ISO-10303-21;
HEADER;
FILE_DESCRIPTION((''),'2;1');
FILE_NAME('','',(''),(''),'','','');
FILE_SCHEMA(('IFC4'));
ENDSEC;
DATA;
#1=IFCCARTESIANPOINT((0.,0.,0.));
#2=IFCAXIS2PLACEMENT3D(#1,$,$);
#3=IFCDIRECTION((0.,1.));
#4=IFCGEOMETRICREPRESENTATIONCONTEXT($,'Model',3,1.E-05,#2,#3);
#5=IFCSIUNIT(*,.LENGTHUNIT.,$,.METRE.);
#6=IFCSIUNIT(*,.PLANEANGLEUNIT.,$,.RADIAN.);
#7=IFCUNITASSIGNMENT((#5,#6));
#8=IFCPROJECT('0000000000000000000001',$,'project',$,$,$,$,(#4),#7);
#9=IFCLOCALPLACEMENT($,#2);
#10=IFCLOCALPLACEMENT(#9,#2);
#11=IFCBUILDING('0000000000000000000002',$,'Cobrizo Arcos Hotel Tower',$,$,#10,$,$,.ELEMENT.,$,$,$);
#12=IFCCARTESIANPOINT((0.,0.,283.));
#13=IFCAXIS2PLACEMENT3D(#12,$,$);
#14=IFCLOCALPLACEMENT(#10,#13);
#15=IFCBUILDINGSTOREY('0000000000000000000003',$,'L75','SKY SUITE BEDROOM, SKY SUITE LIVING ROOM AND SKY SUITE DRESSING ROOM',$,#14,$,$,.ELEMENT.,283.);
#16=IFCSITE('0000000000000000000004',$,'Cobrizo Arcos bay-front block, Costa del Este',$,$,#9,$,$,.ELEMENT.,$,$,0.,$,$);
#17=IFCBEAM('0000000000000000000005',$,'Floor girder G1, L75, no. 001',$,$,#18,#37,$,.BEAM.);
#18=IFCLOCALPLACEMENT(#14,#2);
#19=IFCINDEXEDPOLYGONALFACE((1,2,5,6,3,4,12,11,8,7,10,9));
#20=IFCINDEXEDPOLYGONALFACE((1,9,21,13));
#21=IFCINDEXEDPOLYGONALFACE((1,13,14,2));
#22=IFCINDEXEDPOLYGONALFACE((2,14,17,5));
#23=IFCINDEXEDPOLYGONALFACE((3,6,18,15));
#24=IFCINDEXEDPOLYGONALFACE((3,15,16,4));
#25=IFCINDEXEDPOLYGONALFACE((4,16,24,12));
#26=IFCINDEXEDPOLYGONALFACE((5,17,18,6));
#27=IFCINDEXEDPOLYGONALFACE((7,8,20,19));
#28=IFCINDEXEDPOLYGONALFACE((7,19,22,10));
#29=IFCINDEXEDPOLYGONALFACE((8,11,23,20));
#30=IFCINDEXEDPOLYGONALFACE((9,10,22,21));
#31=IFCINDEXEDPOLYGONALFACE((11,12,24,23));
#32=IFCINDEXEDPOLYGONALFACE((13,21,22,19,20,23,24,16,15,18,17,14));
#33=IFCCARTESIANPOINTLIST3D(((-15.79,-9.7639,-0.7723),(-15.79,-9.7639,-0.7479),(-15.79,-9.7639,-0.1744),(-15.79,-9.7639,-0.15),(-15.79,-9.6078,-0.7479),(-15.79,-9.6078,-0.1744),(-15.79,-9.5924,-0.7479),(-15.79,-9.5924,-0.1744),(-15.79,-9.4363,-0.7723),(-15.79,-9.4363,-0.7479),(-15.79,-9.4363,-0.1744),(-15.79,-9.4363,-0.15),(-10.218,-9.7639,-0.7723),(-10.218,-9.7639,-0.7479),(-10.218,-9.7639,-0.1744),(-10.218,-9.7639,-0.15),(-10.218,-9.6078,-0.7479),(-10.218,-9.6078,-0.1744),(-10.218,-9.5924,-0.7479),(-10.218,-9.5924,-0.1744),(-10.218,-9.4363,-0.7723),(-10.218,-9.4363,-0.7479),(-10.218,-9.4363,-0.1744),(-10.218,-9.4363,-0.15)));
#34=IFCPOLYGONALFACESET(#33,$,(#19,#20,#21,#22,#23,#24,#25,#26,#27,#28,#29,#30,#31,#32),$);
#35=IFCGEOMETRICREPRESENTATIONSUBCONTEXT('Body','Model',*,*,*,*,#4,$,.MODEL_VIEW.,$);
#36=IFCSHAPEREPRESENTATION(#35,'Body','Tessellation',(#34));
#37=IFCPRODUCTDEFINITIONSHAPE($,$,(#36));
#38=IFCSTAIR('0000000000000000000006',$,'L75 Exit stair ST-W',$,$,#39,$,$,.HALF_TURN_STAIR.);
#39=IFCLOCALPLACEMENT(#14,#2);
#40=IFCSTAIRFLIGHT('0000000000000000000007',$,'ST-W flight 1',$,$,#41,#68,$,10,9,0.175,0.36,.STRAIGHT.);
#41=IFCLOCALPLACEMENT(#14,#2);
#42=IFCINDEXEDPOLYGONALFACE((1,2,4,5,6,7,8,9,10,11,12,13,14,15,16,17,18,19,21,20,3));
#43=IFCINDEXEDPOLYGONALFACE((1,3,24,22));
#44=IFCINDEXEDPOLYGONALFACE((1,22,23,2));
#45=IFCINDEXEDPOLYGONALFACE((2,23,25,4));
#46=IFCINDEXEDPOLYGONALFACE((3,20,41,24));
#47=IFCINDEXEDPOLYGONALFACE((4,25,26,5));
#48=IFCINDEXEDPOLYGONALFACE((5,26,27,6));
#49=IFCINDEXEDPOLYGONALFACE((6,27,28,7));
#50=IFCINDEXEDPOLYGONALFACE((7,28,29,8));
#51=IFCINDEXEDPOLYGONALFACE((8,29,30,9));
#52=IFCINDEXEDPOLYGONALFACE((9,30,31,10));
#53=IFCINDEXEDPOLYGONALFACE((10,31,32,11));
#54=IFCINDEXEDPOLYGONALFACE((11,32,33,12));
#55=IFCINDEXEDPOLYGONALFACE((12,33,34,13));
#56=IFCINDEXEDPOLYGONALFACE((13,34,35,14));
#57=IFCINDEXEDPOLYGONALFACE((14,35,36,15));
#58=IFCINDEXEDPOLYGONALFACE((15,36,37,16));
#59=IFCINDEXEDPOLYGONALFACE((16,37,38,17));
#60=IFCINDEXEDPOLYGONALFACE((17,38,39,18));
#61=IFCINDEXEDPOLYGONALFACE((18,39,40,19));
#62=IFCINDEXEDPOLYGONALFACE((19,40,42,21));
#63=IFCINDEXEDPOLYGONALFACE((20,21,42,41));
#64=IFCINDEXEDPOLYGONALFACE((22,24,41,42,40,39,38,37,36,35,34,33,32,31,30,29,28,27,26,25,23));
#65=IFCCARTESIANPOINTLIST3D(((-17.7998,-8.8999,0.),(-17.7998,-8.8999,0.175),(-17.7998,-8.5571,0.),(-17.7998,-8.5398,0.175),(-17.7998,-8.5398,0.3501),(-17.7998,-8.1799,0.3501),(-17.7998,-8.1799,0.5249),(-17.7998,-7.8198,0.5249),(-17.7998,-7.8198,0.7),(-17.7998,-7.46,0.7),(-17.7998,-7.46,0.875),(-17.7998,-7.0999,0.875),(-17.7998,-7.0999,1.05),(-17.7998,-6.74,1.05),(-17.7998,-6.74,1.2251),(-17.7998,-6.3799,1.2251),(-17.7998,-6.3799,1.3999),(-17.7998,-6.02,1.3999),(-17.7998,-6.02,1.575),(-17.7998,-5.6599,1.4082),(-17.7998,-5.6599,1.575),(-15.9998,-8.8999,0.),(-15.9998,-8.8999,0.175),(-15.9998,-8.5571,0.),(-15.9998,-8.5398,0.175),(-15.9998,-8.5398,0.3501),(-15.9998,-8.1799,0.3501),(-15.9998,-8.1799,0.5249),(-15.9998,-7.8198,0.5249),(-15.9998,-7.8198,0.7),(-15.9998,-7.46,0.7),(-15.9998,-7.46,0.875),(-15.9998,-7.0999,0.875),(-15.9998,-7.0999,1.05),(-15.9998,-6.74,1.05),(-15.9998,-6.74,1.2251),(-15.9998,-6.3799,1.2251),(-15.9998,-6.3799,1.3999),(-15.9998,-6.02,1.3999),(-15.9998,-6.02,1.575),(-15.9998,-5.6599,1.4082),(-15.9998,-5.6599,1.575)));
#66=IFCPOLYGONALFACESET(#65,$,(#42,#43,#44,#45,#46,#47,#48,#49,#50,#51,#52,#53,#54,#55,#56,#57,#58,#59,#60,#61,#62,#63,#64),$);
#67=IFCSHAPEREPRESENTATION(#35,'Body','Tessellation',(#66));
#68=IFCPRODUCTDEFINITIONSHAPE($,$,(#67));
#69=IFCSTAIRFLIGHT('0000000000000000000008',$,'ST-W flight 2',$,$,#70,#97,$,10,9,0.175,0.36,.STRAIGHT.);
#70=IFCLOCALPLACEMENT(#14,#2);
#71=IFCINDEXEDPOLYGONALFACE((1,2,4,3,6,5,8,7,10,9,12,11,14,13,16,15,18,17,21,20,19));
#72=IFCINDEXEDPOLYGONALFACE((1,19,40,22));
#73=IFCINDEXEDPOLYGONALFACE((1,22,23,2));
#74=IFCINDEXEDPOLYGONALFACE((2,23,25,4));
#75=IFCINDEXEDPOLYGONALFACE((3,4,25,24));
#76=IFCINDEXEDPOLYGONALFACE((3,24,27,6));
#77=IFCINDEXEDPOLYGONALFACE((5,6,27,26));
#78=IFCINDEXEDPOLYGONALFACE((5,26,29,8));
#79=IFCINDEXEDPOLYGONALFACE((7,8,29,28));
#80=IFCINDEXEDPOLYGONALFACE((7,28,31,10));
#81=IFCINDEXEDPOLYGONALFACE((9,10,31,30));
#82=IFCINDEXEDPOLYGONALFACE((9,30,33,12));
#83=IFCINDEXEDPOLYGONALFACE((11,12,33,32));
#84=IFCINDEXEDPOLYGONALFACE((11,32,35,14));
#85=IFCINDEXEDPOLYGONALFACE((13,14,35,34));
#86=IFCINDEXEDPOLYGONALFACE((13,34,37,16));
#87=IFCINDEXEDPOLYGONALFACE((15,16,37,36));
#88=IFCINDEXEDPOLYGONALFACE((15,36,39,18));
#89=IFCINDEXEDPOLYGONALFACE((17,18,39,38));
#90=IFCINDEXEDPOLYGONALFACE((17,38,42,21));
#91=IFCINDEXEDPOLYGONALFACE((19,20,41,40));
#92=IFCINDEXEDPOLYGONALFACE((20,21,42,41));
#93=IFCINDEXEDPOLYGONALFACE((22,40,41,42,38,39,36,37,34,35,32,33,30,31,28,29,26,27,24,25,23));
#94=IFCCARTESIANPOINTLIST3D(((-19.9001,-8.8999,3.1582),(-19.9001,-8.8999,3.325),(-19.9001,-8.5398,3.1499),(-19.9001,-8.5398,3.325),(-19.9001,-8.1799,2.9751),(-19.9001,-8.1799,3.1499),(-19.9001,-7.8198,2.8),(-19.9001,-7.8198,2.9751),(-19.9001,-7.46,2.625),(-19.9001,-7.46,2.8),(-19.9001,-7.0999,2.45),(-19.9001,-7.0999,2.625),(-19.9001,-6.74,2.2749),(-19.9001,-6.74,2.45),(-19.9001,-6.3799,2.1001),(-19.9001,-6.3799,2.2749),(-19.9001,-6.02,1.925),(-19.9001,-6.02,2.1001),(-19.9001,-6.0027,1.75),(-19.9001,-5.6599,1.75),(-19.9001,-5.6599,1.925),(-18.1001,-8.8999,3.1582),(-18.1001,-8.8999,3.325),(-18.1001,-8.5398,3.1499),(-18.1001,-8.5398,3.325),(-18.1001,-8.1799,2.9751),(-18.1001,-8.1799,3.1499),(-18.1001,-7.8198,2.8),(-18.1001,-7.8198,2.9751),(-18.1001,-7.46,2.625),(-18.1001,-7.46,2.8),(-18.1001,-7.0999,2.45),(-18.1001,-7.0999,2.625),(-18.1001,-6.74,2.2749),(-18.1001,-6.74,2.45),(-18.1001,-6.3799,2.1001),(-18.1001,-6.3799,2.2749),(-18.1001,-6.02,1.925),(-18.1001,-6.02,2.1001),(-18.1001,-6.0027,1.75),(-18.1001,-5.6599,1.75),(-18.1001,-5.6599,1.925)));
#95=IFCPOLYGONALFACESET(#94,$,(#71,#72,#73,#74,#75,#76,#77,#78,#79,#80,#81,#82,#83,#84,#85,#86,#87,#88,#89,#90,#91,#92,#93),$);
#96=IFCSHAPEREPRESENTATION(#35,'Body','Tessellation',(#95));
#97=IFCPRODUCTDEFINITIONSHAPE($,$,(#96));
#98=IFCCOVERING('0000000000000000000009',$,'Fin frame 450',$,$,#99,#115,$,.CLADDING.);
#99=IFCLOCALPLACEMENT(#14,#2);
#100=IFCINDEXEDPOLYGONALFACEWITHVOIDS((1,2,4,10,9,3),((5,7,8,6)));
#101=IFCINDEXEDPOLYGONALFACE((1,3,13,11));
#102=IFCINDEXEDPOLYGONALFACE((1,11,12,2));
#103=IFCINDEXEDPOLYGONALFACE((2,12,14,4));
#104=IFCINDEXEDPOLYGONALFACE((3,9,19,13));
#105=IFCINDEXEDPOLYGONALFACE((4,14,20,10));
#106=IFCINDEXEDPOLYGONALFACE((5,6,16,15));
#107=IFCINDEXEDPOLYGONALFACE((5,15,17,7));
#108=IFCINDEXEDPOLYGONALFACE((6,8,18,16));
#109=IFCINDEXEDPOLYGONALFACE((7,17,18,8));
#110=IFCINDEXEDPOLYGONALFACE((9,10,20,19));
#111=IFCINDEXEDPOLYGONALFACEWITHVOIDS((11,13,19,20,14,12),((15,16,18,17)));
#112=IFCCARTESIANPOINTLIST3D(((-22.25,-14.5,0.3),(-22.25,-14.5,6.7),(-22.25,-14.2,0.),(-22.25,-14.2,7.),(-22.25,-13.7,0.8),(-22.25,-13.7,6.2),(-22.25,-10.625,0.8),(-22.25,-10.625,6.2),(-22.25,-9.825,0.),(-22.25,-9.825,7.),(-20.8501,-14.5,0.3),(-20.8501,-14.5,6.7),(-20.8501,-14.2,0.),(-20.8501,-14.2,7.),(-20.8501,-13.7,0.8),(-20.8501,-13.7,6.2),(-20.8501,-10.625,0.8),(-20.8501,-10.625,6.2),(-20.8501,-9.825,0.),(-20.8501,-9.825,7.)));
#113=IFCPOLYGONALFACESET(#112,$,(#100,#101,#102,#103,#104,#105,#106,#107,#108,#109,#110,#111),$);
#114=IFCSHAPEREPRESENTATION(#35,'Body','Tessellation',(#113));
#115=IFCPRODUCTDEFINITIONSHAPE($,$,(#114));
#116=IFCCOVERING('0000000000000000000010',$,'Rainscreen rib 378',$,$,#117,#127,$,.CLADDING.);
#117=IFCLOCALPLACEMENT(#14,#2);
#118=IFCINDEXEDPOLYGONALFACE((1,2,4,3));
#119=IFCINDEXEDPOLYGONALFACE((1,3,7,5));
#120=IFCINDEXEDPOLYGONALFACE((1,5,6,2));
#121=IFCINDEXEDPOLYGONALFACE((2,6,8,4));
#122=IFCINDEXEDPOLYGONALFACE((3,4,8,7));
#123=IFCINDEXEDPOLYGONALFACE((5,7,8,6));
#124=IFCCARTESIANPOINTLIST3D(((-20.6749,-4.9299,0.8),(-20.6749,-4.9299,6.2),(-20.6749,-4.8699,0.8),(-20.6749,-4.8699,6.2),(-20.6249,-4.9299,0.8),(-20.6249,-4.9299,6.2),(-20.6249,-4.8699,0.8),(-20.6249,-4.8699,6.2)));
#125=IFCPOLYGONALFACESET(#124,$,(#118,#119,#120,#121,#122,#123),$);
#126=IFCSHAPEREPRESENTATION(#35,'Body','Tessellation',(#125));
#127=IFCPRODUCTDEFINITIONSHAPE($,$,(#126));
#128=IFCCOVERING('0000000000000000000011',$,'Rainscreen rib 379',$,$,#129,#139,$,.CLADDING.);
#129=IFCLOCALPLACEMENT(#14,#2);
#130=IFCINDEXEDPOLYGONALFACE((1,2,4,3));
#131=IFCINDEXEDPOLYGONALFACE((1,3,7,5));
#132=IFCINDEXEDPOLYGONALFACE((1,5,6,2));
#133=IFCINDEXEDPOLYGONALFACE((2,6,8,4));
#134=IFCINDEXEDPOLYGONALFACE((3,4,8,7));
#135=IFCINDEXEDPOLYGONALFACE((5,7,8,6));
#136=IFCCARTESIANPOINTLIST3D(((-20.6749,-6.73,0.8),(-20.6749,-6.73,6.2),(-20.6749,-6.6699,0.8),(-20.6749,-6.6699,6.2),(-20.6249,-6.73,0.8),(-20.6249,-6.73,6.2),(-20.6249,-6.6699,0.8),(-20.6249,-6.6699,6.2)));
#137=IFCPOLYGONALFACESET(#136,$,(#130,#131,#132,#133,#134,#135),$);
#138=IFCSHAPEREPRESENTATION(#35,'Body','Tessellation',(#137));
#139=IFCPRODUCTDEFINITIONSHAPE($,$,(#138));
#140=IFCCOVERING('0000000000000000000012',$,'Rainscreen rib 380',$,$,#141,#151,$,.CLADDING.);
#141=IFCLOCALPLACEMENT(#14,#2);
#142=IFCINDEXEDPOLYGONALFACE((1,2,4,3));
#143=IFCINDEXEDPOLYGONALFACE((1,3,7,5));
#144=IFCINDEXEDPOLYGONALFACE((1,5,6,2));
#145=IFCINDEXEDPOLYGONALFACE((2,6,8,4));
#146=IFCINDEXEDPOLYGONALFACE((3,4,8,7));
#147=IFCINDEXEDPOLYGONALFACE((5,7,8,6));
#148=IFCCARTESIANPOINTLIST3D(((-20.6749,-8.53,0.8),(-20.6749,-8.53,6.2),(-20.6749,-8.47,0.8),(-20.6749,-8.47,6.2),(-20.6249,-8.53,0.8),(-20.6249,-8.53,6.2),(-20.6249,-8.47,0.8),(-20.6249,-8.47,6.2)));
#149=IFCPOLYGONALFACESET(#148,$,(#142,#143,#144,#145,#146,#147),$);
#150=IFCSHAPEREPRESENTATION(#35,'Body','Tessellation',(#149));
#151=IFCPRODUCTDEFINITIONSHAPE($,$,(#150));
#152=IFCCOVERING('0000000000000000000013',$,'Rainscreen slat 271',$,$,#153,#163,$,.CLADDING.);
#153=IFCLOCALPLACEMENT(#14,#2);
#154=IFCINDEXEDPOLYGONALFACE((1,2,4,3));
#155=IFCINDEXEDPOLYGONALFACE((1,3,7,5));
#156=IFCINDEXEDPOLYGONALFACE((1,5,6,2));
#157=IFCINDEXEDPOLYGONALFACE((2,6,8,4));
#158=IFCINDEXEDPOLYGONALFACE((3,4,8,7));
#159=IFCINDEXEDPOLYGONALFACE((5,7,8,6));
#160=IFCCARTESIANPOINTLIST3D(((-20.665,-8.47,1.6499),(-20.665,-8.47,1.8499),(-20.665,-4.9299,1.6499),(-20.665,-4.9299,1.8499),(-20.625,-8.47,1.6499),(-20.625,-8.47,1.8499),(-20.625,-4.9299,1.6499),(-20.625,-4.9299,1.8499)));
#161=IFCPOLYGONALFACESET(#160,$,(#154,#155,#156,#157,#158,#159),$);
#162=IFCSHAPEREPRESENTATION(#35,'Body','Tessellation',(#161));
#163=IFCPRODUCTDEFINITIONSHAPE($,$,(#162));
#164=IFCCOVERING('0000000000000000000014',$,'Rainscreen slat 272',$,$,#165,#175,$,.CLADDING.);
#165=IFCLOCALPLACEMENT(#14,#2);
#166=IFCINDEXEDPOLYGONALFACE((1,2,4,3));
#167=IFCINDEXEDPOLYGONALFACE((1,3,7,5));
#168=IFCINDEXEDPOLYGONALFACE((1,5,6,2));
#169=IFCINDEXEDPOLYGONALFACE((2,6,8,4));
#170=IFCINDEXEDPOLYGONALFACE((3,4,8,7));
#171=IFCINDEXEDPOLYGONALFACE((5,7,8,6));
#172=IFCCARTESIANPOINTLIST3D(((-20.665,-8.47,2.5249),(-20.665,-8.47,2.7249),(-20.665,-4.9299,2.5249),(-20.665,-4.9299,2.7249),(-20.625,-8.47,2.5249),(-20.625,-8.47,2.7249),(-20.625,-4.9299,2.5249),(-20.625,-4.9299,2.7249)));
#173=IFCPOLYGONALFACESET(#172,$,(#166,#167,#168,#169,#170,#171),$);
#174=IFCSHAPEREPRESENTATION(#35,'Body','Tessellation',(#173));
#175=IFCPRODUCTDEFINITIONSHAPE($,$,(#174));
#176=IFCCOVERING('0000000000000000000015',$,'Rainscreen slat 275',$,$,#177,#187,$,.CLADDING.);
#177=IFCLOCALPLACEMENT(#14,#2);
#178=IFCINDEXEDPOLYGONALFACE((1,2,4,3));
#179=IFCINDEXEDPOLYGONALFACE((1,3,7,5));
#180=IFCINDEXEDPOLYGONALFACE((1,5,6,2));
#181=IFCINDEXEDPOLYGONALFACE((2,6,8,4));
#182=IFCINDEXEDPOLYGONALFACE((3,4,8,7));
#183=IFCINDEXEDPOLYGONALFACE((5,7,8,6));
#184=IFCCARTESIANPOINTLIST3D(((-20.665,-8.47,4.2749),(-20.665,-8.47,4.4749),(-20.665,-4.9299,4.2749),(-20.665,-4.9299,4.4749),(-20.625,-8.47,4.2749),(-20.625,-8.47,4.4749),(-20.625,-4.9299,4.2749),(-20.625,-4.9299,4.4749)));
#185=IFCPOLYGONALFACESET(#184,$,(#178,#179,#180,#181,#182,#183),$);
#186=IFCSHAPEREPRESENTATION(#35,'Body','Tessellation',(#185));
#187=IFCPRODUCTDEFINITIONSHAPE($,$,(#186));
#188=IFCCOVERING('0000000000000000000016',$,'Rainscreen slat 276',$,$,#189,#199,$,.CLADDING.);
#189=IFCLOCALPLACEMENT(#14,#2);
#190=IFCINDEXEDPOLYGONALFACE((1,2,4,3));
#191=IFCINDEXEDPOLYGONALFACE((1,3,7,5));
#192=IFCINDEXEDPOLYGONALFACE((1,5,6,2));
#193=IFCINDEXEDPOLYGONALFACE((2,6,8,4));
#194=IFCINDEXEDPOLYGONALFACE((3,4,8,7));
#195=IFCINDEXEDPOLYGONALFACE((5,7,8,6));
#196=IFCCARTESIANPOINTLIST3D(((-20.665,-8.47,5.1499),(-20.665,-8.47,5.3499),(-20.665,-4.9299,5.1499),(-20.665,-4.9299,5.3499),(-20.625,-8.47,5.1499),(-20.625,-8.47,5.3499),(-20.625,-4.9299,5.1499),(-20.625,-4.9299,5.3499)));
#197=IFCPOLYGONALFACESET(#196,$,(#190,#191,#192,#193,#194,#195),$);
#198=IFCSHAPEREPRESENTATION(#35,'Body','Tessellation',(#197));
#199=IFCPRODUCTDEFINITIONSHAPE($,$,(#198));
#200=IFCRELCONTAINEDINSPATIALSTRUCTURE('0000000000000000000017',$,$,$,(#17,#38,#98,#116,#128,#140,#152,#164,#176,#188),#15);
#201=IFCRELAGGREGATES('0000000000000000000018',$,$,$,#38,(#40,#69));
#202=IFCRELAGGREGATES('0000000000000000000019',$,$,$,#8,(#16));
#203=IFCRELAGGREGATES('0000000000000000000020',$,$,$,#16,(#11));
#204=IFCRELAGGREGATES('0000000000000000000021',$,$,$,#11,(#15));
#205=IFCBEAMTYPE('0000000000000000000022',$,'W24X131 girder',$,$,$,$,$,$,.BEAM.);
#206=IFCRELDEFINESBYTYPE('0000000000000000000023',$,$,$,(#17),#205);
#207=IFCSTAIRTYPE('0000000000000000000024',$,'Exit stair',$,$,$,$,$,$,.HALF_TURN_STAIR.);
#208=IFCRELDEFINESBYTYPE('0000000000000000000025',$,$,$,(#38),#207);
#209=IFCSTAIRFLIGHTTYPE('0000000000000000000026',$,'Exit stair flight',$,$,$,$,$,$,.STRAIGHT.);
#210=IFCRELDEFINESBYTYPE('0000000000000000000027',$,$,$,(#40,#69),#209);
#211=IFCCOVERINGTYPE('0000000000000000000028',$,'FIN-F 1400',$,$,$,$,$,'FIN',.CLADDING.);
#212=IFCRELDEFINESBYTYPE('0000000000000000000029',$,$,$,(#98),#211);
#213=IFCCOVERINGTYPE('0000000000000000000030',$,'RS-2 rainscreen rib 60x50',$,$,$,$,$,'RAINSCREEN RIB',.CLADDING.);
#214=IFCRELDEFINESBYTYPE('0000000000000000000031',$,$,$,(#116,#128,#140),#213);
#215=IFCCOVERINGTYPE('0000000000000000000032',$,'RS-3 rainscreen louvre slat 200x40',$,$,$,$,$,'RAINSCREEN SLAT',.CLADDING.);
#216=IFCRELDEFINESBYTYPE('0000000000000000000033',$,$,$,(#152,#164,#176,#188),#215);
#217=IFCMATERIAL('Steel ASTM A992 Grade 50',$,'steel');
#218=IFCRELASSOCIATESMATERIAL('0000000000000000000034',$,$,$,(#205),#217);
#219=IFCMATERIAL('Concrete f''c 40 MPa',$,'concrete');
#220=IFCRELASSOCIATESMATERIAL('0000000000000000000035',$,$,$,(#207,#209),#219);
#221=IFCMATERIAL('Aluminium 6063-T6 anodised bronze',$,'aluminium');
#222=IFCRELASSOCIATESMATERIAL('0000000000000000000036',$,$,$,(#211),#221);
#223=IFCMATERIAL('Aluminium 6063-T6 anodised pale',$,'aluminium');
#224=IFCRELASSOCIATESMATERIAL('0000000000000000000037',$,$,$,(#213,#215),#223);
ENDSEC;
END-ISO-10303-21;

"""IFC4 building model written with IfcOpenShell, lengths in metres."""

from ifc_helpers import new_model, si_unit, direction, frame, origin, origin_2d, place, context, subcontext, project, spatial, polyline, rectangle, i_section, outline, extrude, material, material_profile, profile_set, type_object, element, aggregate, save


model = new_model("IFC4")

# Units and contexts
model_context = context("Model", 3, precision=1e-05, world=origin(), true_north=direction((0.0, 1.0)))
body_context = subcontext(model_context, "Body", "Model", "MODEL_VIEW")
ifc_project = project(units=[si_unit("LENGTHUNIT", "METRE"), si_unit("PLANEANGLEUNIT", "RADIAN")], contexts=[model_context])

# Site, building, storey
site_placement = place(None, origin())
site = spatial("IfcSite", under=ifc_project, at=site_placement, Name="Cobrizo Arcos bay-front block, Costa del Este", CompositionType="ELEMENT", RefElevation=0.0)
building_placement = place(site_placement, origin())
building = spatial("IfcBuilding", under=site, at=building_placement, Name="Cobrizo Arcos Hotel Tower", CompositionType="ELEMENT")
storey_placement = place(building_placement, frame((0.0, 0.0, 283.0)))
storey = spatial("IfcBuildingStorey", under=building, at=storey_placement, Name="L75", Description="SKY SUITE BEDROOM, SKY SUITE LIVING ROOM AND SKY SUITE DRESSING ROOM", CompositionType="ELEMENT", Elevation=283.0)

# Beam
ifc_material_1 = material(Name="Steel ASTM A992 Grade 50", Category="steel")
ifc_material_profile = material_profile(ifc_material_1, i_section(OverallWidth=0.3276, OverallDepth=0.6223, WebThickness=0.0154, FlangeThickness=0.0244, at=origin_2d()), Name="W24X131")
ifc_profile_set = profile_set([ifc_material_profile], Name="Steel ASTM A992 Grade 50")
beam_type = type_object("IfcBeamType", Name="W24X131 girder", PredefinedType="BEAM", material=ifc_profile_set)
beam_placement = place(storey_placement, frame((-15.79, -9.6001, -0.4612), z_axis=(1.0, 0.0, 0.0), x_axis=(0.0, 1.0, 0.0)))
element("IfcBeam", 1, at=beam_placement, inside=storey, type_object=beam_type, Name="Floor girder G1, L75, no. 001", PredefinedType="BEAM", context=body_context, shape_type="SweptSolid", body=[
    extrude(i_section(OverallWidth=0.3276, OverallDepth=0.6223, WebThickness=0.0154, FlangeThickness=0.0244, at=origin_2d()), origin(), (0.0, 0.0, 1.0), 5.572),
])

# Stair, stair flights
ifc_material_2 = material(Name="Concrete f'c 40 MPa", Category="concrete")
stair_type = type_object("IfcStairType", Name="Exit stair", PredefinedType="HALF_TURN_STAIR", material=ifc_material_2)
stair_placement = place(storey_placement, origin())
stair = element("IfcStair", 2, at=stair_placement, inside=storey, type_object=stair_type, Name="L75 Exit stair ST-W", PredefinedType="HALF_TURN_STAIR")
stair_flight_type = type_object("IfcStairFlightType", Name="Exit stair flight", PredefinedType="STRAIGHT", material=ifc_material_2)
stair_flight_1_placement = place(storey_placement, frame((-16.8999, -8.8999, 0.0), z_axis=(0.0, 0.0, 1.0), x_axis=(0.0, 1.0, 0.0)))
stair_flight_1 = element("IfcStairFlight", 3, at=stair_flight_1_placement, type_object=stair_flight_type, Name="ST-W flight 1", NumberOfRisers=10, NumberOfTreads=9, PredefinedType="STRAIGHT", RiserHeight=0.175, TreadLength=0.36, context=body_context, shape_type="SweptSolid", body=[
    extrude(outline(polyline([(0.0, 0.0), (0.0, 0.175), (0.3601, 0.175), (0.3601, 0.3501), (0.72, 0.3501), (0.72, 0.5249), (1.0801, 0.5249), (1.0801, 0.7), (1.4399, 0.7), (1.4399, 0.875), (1.8, 0.875), (1.8, 1.05), (2.1599, 1.05), (2.1599, 1.2251), (2.52, 1.2251), (2.52, 1.3999), (2.8799, 1.3999), (2.8799, 1.575), (3.24, 1.575), (3.24, 1.75), (3.24, 1.4082), (0.3428, 0.0), (0.0, 0.0)])), frame((0.0, 0.8999, 0.0), z_axis=(0.0, -1.0, 0.0), x_axis=(1.0, 0.0, 0.0)), (0.0, 0.0, 1.0), 1.8),
])
stair_flight_2_placement = place(storey_placement, frame((-19.0, -5.6599, 1.75), z_axis=(0.0, 0.0, 1.0), x_axis=(0.0, -1.0, 0.0)))
stair_flight_2 = element("IfcStairFlight", 4, at=stair_flight_2_placement, type_object=stair_flight_type, Name="ST-W flight 2", NumberOfRisers=10, NumberOfTreads=9, PredefinedType="STRAIGHT", RiserHeight=0.175, TreadLength=0.36, context=body_context, shape_type="SweptSolid", body=[
    extrude(outline(polyline([(0.0, 0.0), (0.0, 0.175), (0.3601, 0.175), (0.3601, 0.3501), (0.72, 0.3501), (0.72, 0.5249), (1.0801, 0.5249), (1.0801, 0.7), (1.4399, 0.7), (1.4399, 0.875), (1.8, 0.875), (1.8, 1.05), (2.1599, 1.05), (2.1599, 1.2251), (2.52, 1.2251), (2.52, 1.3999), (2.8799, 1.3999), (2.8799, 1.575), (3.24, 1.575), (3.24, 1.75), (3.24, 1.4082), (0.3428, 0.0), (0.0, 0.0)])), frame((0.0, 0.8999, 0.0), z_axis=(0.0, -1.0, 0.0), x_axis=(1.0, 0.0, 0.0)), (0.0, 0.0, 1.0), 1.8),
])
aggregate(stair, [stair_flight_1, stair_flight_2])

# Coverings
ifc_material_3 = material(Name="Aluminium 6063-T6 anodised bronze", Category="aluminium")
covering_type_1 = type_object("IfcCoveringType", Name="FIN-F 1400", ElementType="FIN", PredefinedType="CLADDING", material=ifc_material_3)
covering_placement = place(storey_placement, frame((-20.8501, -9.825, 0.0), z_axis=(-1.0, 0.0, 0.0), x_axis=(0.0, -1.0, 0.0)))
element("IfcCovering", 5, at=covering_placement, inside=storey, type_object=covering_type_1, Name="Fin frame 450", PredefinedType="CLADDING", context=body_context, shape_type="SweptSolid", body=[
    extrude(outline(polyline([(0.0, 7.0), (0.0, 0.0), (4.375, 0.0), (4.675, 0.3), (4.675, 6.7), (4.375, 7.0), (0.0, 7.0)]), holes=[polyline([(3.875, 0.8), (0.8, 0.8), (0.8, 6.2), (3.875, 6.2), (3.875, 0.8)])]), origin(), (0.0, 0.0, 1.0), 1.3999),
])
ifc_material_4 = material(Name="Aluminium 6063-T6 anodised pale", Category="aluminium")
covering_type_2 = type_object("IfcCoveringType", Name="RS-2 rainscreen rib 60x50", ElementType="RAINSCREEN RIB", PredefinedType="CLADDING", material=ifc_material_4)
for number, where, z_axis, x_axis, name in (
    (6, (-20.6499, -4.8999, 0.8), (0.0, 0.0, 1.0), (0.0, -1.0, 0.0), "Rainscreen rib 378"),
    (7, (-20.6499, -6.7, 0.8), (0.0, 0.0, 1.0), (0.0, -1.0, 0.0), "Rainscreen rib 379"),
    (8, (-20.6499, -8.5, 0.8), (0.0, 0.0, 1.0), (0.0, -1.0, 0.0), "Rainscreen rib 380"),
):
    element("IfcCovering", number, at=place(storey_placement, frame(where, z_axis=z_axis, x_axis=x_axis)), inside=storey, type_object=covering_type_2, Name=name, PredefinedType="CLADDING", context=body_context, shape_type="SweptSolid", body=[
        extrude(rectangle(XDim=0.0601, YDim=0.05, at=origin_2d()), origin(), (0.0, 0.0, 1.0), 5.3999),
    ])
covering_type_3 = type_object("IfcCoveringType", Name="RS-3 rainscreen louvre slat 200x40", ElementType="RAINSCREEN SLAT", PredefinedType="CLADDING", material=ifc_material_4)
for number, where, z_axis, x_axis, name in (
    (9, (-20.645, -6.7, 1.6499), (0.0, 0.0, 1.0), (0.0, -1.0, 0.0), "Rainscreen slat 271"),
    (10, (-20.645, -6.7, 2.5249), (0.0, 0.0, 1.0), (0.0, -1.0, 0.0), "Rainscreen slat 272"),
    (11, (-20.645, -6.7, 4.2749), (0.0, 0.0, 1.0), (0.0, -1.0, 0.0), "Rainscreen slat 275"),
    (12, (-20.645, -6.7, 5.1499), (0.0, 0.0, 1.0), (0.0, -1.0, 0.0), "Rainscreen slat 276"),
):
    element("IfcCovering", number, at=place(storey_placement, frame(where, z_axis=z_axis, x_axis=x_axis)), inside=storey, type_object=covering_type_3, Name=name, PredefinedType="CLADDING", context=body_context, shape_type="SweptSolid", body=[
        extrude(rectangle(XDim=3.54, YDim=0.04, at=origin_2d()), origin(), (0.0, 0.0, 1.0), 0.2),
    ])

save(model, "model.ifc")
